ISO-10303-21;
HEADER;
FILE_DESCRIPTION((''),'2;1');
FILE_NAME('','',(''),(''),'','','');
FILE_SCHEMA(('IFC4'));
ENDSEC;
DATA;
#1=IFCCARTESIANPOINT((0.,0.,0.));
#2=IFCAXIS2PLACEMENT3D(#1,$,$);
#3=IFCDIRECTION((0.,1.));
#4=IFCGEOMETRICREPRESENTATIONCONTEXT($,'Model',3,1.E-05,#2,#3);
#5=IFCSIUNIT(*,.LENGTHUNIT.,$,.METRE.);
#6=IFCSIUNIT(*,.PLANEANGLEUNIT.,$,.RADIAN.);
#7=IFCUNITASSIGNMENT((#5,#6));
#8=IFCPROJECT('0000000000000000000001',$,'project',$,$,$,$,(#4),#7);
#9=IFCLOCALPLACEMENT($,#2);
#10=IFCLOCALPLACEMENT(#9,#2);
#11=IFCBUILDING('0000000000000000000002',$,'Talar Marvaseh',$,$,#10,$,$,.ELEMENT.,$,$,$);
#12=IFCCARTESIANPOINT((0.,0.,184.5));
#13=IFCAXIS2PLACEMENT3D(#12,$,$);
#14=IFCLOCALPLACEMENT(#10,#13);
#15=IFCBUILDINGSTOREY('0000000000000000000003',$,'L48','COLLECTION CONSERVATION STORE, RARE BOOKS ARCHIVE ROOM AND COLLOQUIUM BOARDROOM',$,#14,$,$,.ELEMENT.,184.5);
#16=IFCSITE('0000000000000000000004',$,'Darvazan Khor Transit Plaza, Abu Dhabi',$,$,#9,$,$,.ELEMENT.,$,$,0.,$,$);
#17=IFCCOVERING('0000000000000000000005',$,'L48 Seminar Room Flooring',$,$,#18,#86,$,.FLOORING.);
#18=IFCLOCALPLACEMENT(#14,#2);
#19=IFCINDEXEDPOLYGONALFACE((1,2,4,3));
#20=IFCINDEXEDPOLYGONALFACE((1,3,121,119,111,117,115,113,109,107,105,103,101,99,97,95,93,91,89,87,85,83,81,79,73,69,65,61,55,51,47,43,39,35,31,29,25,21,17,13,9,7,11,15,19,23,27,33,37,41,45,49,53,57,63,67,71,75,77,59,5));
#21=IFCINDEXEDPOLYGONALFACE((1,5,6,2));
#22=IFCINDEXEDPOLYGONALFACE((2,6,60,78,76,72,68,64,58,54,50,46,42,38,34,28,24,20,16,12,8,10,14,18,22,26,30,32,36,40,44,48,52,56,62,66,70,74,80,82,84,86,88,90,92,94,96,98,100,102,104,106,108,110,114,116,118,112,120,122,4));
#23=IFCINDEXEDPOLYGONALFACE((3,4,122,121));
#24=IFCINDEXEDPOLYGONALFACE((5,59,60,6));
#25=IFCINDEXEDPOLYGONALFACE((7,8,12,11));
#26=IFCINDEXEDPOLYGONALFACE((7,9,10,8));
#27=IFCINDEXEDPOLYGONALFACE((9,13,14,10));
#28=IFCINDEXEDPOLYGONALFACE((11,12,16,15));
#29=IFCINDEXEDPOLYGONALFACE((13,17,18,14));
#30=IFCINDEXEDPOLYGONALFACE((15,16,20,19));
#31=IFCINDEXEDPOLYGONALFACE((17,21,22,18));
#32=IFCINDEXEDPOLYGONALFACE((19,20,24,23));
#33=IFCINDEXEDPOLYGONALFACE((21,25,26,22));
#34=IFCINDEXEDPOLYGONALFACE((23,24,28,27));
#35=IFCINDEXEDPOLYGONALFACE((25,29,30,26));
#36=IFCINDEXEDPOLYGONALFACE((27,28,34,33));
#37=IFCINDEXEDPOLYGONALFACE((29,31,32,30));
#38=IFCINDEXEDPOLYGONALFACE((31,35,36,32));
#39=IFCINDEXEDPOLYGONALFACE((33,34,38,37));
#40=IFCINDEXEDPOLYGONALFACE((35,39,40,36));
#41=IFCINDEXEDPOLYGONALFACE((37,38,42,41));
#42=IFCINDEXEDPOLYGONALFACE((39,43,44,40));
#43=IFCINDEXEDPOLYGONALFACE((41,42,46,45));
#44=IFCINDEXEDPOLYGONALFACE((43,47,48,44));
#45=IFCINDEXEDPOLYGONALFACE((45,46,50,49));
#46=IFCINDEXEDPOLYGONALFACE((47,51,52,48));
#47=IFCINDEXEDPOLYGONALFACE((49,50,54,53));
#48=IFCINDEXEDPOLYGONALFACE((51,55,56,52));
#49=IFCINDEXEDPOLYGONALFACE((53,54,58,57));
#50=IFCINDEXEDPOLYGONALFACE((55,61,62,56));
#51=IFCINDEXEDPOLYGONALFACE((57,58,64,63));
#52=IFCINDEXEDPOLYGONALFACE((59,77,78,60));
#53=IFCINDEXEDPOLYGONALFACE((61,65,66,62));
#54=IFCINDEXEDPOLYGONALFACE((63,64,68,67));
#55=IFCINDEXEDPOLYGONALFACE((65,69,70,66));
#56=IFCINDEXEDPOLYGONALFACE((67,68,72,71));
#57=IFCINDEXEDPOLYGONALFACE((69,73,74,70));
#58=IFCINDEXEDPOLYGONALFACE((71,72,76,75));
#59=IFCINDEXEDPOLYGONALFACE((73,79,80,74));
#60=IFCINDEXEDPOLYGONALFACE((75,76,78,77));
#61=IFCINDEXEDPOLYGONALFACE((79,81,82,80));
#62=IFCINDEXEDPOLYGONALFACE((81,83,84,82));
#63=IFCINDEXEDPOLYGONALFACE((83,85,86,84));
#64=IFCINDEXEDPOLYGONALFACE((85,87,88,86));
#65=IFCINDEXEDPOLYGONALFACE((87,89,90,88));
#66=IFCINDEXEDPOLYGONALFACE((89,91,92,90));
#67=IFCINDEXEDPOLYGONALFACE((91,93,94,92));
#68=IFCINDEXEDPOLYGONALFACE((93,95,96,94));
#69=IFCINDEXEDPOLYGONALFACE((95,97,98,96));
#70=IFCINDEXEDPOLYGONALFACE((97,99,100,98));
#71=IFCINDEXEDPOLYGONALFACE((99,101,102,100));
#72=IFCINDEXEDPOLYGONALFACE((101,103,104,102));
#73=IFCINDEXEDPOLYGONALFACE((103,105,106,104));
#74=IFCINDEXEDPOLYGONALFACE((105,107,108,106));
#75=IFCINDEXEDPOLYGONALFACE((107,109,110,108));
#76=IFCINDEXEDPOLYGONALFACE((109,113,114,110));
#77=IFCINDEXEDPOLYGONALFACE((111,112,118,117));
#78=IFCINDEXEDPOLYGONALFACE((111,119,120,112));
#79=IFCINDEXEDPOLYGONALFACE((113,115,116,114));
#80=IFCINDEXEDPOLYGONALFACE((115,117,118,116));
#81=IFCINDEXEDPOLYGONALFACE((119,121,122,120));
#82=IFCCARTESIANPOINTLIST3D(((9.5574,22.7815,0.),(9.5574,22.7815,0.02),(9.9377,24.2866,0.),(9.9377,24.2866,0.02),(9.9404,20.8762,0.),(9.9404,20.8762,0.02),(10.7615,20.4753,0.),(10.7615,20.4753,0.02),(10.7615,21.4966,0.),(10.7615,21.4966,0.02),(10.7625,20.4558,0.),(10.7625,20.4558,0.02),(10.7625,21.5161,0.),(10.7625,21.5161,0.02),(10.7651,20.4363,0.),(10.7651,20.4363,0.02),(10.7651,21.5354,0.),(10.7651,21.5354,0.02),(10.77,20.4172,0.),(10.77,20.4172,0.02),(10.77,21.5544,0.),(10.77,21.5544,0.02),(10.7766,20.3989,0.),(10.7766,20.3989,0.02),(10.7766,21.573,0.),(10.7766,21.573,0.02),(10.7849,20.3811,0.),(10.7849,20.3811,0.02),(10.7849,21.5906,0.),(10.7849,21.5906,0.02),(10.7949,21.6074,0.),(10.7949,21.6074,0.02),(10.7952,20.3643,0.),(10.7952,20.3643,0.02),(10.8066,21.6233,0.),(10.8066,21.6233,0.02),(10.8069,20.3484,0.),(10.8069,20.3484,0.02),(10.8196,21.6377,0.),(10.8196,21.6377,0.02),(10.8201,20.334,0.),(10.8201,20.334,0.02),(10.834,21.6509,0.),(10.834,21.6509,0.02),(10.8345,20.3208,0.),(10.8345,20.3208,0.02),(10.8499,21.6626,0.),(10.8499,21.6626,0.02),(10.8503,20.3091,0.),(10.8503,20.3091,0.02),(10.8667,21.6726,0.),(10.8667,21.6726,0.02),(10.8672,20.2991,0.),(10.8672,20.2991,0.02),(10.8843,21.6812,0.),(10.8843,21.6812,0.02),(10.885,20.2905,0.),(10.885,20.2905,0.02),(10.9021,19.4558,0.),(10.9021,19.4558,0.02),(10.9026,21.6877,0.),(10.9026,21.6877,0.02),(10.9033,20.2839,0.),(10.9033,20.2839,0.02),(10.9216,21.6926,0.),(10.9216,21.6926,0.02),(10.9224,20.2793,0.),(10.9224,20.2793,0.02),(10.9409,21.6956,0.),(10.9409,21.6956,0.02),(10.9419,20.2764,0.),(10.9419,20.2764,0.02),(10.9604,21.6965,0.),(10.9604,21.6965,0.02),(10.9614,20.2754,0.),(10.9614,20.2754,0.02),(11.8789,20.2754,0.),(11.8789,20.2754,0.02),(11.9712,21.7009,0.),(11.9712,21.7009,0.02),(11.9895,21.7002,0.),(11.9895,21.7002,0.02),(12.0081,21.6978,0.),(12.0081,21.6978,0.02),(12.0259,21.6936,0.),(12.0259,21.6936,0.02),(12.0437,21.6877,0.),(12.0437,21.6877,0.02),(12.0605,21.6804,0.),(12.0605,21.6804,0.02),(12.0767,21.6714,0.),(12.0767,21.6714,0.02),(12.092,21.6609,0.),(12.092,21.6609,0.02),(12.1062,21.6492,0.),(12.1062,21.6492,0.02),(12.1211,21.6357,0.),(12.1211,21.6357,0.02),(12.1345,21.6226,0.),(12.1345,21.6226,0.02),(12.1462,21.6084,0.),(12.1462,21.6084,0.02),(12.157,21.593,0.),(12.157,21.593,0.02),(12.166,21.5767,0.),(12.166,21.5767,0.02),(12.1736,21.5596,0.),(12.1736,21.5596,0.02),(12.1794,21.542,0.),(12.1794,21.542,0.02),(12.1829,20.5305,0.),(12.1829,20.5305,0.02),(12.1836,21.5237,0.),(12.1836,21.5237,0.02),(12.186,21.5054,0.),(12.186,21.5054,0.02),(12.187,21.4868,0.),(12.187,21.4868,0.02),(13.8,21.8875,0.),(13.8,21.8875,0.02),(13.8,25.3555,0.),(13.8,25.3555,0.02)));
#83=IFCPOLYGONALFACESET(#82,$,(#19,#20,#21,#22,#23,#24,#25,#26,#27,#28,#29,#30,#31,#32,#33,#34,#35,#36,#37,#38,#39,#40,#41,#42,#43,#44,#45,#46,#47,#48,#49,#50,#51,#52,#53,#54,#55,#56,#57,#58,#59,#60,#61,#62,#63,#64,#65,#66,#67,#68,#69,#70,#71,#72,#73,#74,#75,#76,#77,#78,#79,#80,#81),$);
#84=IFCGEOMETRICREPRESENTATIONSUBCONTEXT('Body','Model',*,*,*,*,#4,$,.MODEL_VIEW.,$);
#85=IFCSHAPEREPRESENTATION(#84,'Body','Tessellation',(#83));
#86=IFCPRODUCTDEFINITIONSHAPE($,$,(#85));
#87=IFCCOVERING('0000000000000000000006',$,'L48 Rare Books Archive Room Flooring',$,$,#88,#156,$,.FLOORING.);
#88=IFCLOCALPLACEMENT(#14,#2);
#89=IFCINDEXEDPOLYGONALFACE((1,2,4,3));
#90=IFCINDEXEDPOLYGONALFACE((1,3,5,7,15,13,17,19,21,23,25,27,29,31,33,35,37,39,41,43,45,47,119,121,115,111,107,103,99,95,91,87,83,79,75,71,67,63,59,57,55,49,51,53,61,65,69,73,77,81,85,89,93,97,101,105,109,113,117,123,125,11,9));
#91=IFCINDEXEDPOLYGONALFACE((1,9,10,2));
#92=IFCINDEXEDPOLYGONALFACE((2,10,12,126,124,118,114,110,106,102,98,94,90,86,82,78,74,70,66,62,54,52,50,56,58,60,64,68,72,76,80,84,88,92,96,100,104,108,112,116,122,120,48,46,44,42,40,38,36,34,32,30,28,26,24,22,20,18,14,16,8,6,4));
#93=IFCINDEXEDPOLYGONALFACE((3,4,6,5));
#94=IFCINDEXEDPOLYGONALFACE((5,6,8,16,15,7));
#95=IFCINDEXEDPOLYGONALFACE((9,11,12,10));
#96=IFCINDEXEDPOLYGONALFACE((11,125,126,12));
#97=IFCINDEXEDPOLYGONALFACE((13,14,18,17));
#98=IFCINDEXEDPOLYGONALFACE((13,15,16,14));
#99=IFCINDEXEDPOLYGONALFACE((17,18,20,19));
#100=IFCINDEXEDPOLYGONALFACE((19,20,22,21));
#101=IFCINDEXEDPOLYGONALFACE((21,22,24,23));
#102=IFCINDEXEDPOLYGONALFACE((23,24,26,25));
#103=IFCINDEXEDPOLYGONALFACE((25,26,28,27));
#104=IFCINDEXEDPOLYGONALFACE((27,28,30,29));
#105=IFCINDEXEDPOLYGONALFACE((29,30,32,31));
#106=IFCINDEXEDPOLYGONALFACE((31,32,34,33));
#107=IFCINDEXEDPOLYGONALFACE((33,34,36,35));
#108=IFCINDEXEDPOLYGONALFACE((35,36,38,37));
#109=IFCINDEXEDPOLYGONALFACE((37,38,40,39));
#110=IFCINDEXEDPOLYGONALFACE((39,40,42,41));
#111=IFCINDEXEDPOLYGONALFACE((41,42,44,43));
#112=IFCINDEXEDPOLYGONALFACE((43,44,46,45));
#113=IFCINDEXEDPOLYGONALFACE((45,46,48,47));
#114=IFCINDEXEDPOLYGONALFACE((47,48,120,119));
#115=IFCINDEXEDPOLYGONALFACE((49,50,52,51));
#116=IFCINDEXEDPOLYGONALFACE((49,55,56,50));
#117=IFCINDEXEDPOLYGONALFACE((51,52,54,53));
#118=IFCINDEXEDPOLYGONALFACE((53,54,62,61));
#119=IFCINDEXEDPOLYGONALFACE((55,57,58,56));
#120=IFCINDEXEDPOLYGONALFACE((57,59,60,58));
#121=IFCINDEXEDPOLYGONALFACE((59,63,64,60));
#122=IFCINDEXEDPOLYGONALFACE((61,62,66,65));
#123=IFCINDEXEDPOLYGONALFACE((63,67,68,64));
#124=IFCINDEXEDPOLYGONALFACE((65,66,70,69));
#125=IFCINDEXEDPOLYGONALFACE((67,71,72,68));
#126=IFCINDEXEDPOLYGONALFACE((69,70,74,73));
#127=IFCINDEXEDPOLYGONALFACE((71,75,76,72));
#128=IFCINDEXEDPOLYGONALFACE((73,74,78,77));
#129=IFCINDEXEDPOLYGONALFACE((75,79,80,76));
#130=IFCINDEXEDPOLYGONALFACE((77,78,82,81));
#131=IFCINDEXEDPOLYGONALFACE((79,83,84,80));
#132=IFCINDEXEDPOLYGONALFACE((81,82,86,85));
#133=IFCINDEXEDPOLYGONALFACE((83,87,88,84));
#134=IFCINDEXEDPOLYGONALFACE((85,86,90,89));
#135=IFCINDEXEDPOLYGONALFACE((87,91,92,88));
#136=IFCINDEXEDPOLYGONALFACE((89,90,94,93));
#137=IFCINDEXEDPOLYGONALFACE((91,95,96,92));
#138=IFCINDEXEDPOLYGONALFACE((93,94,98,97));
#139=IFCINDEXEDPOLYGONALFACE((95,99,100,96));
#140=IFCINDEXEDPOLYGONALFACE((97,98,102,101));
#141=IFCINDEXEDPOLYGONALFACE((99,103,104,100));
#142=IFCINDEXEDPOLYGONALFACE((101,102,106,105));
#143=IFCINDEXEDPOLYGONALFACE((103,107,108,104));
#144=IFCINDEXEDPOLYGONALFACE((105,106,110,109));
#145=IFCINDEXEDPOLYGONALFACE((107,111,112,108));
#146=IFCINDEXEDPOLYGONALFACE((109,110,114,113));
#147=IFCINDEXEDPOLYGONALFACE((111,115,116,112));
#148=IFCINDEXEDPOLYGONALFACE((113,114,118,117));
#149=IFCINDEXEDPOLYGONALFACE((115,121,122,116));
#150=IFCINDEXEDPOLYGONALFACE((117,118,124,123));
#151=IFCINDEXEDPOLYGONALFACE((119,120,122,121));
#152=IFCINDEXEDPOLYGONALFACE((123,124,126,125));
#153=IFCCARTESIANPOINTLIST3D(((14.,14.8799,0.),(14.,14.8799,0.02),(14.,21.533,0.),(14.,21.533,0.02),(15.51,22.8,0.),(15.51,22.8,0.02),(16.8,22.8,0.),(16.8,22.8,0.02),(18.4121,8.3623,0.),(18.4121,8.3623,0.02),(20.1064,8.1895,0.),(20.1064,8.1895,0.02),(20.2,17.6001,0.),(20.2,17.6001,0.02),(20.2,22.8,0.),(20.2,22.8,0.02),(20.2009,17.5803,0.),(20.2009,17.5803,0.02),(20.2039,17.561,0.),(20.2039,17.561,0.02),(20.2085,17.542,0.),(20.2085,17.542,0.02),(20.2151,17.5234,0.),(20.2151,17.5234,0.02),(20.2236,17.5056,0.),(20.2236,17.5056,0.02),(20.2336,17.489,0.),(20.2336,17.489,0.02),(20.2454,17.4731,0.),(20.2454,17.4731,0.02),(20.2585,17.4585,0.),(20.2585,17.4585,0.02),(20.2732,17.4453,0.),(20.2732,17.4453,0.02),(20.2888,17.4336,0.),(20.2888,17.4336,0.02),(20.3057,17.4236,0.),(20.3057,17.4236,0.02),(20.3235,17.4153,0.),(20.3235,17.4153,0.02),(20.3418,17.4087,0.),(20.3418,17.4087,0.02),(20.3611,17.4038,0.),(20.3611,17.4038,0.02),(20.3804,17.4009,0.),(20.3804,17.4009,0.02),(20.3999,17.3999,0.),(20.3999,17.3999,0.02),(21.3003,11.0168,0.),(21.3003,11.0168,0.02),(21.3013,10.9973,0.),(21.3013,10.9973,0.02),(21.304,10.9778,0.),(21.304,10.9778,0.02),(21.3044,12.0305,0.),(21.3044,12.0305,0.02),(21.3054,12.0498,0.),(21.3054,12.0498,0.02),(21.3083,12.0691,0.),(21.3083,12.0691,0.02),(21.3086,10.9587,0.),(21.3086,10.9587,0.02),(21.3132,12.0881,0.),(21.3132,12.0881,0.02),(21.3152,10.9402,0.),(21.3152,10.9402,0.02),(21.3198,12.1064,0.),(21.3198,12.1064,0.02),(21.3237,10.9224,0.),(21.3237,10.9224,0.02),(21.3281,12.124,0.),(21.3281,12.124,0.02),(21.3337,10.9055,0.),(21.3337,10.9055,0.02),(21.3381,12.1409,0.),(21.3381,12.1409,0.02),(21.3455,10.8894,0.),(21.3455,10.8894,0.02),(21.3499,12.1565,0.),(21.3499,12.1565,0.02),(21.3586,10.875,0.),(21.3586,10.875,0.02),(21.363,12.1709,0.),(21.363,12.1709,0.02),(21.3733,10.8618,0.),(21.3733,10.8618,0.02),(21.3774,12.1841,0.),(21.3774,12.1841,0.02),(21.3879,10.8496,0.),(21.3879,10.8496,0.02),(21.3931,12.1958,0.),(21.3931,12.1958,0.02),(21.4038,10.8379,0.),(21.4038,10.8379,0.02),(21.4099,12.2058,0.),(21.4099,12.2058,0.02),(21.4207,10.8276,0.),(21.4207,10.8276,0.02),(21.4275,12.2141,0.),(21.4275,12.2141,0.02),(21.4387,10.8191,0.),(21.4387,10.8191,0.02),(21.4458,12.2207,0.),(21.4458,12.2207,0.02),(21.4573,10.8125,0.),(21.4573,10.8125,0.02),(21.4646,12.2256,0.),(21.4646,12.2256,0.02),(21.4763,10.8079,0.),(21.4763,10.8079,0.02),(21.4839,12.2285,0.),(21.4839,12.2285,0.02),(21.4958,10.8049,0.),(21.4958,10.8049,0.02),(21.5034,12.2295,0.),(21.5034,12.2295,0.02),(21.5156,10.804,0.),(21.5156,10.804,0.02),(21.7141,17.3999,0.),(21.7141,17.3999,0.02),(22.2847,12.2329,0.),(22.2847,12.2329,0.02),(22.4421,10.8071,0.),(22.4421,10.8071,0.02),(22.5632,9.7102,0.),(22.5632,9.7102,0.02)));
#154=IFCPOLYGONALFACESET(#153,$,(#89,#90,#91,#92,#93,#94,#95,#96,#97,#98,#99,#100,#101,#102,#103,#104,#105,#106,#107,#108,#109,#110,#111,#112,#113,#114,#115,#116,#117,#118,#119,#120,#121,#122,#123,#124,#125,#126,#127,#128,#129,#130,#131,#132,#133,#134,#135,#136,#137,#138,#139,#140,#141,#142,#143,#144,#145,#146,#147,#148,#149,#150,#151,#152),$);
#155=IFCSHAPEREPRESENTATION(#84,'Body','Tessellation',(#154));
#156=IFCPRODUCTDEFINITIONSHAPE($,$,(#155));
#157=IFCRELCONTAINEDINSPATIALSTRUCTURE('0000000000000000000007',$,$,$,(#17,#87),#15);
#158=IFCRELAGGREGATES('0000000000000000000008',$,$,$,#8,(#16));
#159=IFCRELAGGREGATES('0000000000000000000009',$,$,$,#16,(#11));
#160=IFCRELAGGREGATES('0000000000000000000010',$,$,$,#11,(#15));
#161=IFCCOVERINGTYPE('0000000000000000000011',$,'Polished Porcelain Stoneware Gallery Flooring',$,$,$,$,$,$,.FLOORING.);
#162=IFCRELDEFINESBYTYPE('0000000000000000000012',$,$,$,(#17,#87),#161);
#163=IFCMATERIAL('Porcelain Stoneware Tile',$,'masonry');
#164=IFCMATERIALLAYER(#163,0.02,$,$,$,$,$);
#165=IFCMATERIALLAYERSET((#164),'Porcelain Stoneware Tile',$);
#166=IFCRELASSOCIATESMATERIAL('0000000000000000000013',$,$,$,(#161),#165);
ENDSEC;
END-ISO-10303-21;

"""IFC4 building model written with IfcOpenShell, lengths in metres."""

from ifc_helpers import new_model, si_unit, direction, frame, origin, place, context, subcontext, project, spatial, polyline, outline, extrude, material, layer, layer_set, type_object, element, save


model = new_model("IFC4")

# Units and contexts
model_context = context("Model", 3, precision=1e-05, world=origin(), true_north=direction((0.0, 1.0)))
body_context = subcontext(model_context, "Body", "Model", "MODEL_VIEW")
ifc_project = project(units=[si_unit("LENGTHUNIT", "METRE"), si_unit("PLANEANGLEUNIT", "RADIAN")], contexts=[model_context])

# Site, building, storey
site_placement = place(None, origin())
site = spatial("IfcSite", under=ifc_project, at=site_placement, Name="Darvazan Khor Transit Plaza, Abu Dhabi", CompositionType="ELEMENT", RefElevation=0.0)
building_placement = place(site_placement, origin())
building = spatial("IfcBuilding", under=site, at=building_placement, Name="Talar Marvaseh", CompositionType="ELEMENT")
storey_placement = place(building_placement, frame((0.0, 0.0, 184.5)))
storey = spatial("IfcBuildingStorey", under=building, at=storey_placement, Name="L48", Description="COLLECTION CONSERVATION STORE, RARE BOOKS ARCHIVE ROOM AND COLLOQUIUM BOARDROOM", CompositionType="ELEMENT", Elevation=184.5)

# Coverings
ifc_material_1 = material(Name="Porcelain Stoneware Tile", Category="masonry")
ifc_layer_1 = layer(ifc_material_1, 0.02)
ifc_layer_set_1 = layer_set([ifc_layer_1], Name="Porcelain Stoneware Tile")
covering_type_1 = type_object("IfcCoveringType", Name="Polished Porcelain Stoneware Gallery Flooring", PredefinedType="FLOORING", material=ifc_layer_set_1)
covering_1_placement = place(storey_placement, origin())
element("IfcCovering", 1, at=covering_1_placement, inside=storey, type_object=covering_type_1, Name="L48 Seminar Room Flooring", PredefinedType="FLOORING", context=body_context, shape_type="SweptSolid", body=[
    extrude(outline(polyline([(13.8, 25.3555), (13.8, 21.8875), (12.1829, 20.5305), (12.187, 21.4868), (12.186, 21.5054), (12.1836, 21.5237), (12.1794, 21.542), (12.1736, 21.5596), (12.166, 21.5767), (12.157, 21.593), (12.1462, 21.6084), (12.1345, 21.6226), (12.1211, 21.6357), (12.1062, 21.6492), (12.092, 21.6609), (12.0767, 21.6714), (12.0605, 21.6804), (12.0437, 21.6877), (12.0259, 21.6936), (12.0081, 21.6978), (11.9895, 21.7002), (11.9712, 21.7009), (10.9604, 21.6965), (10.9409, 21.6956), (10.9216, 21.6926), (10.9026, 21.6877), (10.8843, 21.6812), (10.8667, 21.6726), (10.8499, 21.6626), (10.834, 21.6509), (10.8196, 21.6377), (10.8066, 21.6233), (10.7949, 21.6074), (10.7849, 21.5906), (10.7766, 21.573), (10.77, 21.5544), (10.7651, 21.5354), (10.7625, 21.5161), (10.7615, 21.4966), (10.7615, 20.4753), (10.7625, 20.4558), (10.7651, 20.4363), (10.77, 20.4172), (10.7766, 20.3989), (10.7849, 20.3811), (10.7952, 20.3643), (10.8069, 20.3484), (10.8201, 20.334), (10.8345, 20.3208), (10.8503, 20.3091), (10.8672, 20.2991), (10.885, 20.2905), (10.9033, 20.2839), (10.9224, 20.2793), (10.9419, 20.2764), (10.9614, 20.2754), (11.8789, 20.2754), (10.9021, 19.4558), (9.9404, 20.8762), (9.5574, 22.7815), (9.9377, 24.2866), (13.8, 25.3555)])), origin(), (0.0, 0.0, 1.0), 0.02),
])
covering_2_placement = place(storey_placement, origin())
element("IfcCovering", 2, at=covering_2_placement, inside=storey, type_object=covering_type_1, Name="L48 Rare Books Archive Room Flooring", PredefinedType="FLOORING", context=body_context, shape_type="SweptSolid", body=[
    extrude(outline(polyline([(16.8, 22.8), (20.2, 22.8), (20.2, 17.6001), (20.2009, 17.5803), (20.2039, 17.561), (20.2085, 17.542), (20.2151, 17.5234), (20.2236, 17.5056), (20.2336, 17.489), (20.2454, 17.4731), (20.2585, 17.4585), (20.2732, 17.4453), (20.2888, 17.4336), (20.3057, 17.4236), (20.3235, 17.4153), (20.3418, 17.4087), (20.3611, 17.4038), (20.3804, 17.4009), (20.3999, 17.3999), (21.7141, 17.3999), (22.2847, 12.2329), (21.5034, 12.2295), (21.4839, 12.2285), (21.4646, 12.2256), (21.4458, 12.2207), (21.4275, 12.2141), (21.4099, 12.2058), (21.3931, 12.1958), (21.3774, 12.1841), (21.363, 12.1709), (21.3499, 12.1565), (21.3381, 12.1409), (21.3281, 12.124), (21.3198, 12.1064), (21.3132, 12.0881), (21.3083, 12.0691), (21.3054, 12.0498), (21.3044, 12.0305), (21.3003, 11.0168), (21.3013, 10.9973), (21.304, 10.9778), (21.3086, 10.9587), (21.3152, 10.9402), (21.3237, 10.9224), (21.3337, 10.9055), (21.3455, 10.8894), (21.3586, 10.875), (21.3733, 10.8618), (21.3879, 10.8496), (21.4038, 10.8379), (21.4207, 10.8276), (21.4387, 10.8191), (21.4573, 10.8125), (21.4763, 10.8079), (21.4958, 10.8049), (21.5156, 10.804), (22.4421, 10.8071), (22.5632, 9.7102), (20.1064, 8.1895), (18.4121, 8.3623), (14.0, 14.8799), (14.0, 21.533), (15.51, 22.8), (16.8, 22.8)])), origin(), (0.0, 0.0, 1.0), 0.02),
])

save(model, "model.ifc")
